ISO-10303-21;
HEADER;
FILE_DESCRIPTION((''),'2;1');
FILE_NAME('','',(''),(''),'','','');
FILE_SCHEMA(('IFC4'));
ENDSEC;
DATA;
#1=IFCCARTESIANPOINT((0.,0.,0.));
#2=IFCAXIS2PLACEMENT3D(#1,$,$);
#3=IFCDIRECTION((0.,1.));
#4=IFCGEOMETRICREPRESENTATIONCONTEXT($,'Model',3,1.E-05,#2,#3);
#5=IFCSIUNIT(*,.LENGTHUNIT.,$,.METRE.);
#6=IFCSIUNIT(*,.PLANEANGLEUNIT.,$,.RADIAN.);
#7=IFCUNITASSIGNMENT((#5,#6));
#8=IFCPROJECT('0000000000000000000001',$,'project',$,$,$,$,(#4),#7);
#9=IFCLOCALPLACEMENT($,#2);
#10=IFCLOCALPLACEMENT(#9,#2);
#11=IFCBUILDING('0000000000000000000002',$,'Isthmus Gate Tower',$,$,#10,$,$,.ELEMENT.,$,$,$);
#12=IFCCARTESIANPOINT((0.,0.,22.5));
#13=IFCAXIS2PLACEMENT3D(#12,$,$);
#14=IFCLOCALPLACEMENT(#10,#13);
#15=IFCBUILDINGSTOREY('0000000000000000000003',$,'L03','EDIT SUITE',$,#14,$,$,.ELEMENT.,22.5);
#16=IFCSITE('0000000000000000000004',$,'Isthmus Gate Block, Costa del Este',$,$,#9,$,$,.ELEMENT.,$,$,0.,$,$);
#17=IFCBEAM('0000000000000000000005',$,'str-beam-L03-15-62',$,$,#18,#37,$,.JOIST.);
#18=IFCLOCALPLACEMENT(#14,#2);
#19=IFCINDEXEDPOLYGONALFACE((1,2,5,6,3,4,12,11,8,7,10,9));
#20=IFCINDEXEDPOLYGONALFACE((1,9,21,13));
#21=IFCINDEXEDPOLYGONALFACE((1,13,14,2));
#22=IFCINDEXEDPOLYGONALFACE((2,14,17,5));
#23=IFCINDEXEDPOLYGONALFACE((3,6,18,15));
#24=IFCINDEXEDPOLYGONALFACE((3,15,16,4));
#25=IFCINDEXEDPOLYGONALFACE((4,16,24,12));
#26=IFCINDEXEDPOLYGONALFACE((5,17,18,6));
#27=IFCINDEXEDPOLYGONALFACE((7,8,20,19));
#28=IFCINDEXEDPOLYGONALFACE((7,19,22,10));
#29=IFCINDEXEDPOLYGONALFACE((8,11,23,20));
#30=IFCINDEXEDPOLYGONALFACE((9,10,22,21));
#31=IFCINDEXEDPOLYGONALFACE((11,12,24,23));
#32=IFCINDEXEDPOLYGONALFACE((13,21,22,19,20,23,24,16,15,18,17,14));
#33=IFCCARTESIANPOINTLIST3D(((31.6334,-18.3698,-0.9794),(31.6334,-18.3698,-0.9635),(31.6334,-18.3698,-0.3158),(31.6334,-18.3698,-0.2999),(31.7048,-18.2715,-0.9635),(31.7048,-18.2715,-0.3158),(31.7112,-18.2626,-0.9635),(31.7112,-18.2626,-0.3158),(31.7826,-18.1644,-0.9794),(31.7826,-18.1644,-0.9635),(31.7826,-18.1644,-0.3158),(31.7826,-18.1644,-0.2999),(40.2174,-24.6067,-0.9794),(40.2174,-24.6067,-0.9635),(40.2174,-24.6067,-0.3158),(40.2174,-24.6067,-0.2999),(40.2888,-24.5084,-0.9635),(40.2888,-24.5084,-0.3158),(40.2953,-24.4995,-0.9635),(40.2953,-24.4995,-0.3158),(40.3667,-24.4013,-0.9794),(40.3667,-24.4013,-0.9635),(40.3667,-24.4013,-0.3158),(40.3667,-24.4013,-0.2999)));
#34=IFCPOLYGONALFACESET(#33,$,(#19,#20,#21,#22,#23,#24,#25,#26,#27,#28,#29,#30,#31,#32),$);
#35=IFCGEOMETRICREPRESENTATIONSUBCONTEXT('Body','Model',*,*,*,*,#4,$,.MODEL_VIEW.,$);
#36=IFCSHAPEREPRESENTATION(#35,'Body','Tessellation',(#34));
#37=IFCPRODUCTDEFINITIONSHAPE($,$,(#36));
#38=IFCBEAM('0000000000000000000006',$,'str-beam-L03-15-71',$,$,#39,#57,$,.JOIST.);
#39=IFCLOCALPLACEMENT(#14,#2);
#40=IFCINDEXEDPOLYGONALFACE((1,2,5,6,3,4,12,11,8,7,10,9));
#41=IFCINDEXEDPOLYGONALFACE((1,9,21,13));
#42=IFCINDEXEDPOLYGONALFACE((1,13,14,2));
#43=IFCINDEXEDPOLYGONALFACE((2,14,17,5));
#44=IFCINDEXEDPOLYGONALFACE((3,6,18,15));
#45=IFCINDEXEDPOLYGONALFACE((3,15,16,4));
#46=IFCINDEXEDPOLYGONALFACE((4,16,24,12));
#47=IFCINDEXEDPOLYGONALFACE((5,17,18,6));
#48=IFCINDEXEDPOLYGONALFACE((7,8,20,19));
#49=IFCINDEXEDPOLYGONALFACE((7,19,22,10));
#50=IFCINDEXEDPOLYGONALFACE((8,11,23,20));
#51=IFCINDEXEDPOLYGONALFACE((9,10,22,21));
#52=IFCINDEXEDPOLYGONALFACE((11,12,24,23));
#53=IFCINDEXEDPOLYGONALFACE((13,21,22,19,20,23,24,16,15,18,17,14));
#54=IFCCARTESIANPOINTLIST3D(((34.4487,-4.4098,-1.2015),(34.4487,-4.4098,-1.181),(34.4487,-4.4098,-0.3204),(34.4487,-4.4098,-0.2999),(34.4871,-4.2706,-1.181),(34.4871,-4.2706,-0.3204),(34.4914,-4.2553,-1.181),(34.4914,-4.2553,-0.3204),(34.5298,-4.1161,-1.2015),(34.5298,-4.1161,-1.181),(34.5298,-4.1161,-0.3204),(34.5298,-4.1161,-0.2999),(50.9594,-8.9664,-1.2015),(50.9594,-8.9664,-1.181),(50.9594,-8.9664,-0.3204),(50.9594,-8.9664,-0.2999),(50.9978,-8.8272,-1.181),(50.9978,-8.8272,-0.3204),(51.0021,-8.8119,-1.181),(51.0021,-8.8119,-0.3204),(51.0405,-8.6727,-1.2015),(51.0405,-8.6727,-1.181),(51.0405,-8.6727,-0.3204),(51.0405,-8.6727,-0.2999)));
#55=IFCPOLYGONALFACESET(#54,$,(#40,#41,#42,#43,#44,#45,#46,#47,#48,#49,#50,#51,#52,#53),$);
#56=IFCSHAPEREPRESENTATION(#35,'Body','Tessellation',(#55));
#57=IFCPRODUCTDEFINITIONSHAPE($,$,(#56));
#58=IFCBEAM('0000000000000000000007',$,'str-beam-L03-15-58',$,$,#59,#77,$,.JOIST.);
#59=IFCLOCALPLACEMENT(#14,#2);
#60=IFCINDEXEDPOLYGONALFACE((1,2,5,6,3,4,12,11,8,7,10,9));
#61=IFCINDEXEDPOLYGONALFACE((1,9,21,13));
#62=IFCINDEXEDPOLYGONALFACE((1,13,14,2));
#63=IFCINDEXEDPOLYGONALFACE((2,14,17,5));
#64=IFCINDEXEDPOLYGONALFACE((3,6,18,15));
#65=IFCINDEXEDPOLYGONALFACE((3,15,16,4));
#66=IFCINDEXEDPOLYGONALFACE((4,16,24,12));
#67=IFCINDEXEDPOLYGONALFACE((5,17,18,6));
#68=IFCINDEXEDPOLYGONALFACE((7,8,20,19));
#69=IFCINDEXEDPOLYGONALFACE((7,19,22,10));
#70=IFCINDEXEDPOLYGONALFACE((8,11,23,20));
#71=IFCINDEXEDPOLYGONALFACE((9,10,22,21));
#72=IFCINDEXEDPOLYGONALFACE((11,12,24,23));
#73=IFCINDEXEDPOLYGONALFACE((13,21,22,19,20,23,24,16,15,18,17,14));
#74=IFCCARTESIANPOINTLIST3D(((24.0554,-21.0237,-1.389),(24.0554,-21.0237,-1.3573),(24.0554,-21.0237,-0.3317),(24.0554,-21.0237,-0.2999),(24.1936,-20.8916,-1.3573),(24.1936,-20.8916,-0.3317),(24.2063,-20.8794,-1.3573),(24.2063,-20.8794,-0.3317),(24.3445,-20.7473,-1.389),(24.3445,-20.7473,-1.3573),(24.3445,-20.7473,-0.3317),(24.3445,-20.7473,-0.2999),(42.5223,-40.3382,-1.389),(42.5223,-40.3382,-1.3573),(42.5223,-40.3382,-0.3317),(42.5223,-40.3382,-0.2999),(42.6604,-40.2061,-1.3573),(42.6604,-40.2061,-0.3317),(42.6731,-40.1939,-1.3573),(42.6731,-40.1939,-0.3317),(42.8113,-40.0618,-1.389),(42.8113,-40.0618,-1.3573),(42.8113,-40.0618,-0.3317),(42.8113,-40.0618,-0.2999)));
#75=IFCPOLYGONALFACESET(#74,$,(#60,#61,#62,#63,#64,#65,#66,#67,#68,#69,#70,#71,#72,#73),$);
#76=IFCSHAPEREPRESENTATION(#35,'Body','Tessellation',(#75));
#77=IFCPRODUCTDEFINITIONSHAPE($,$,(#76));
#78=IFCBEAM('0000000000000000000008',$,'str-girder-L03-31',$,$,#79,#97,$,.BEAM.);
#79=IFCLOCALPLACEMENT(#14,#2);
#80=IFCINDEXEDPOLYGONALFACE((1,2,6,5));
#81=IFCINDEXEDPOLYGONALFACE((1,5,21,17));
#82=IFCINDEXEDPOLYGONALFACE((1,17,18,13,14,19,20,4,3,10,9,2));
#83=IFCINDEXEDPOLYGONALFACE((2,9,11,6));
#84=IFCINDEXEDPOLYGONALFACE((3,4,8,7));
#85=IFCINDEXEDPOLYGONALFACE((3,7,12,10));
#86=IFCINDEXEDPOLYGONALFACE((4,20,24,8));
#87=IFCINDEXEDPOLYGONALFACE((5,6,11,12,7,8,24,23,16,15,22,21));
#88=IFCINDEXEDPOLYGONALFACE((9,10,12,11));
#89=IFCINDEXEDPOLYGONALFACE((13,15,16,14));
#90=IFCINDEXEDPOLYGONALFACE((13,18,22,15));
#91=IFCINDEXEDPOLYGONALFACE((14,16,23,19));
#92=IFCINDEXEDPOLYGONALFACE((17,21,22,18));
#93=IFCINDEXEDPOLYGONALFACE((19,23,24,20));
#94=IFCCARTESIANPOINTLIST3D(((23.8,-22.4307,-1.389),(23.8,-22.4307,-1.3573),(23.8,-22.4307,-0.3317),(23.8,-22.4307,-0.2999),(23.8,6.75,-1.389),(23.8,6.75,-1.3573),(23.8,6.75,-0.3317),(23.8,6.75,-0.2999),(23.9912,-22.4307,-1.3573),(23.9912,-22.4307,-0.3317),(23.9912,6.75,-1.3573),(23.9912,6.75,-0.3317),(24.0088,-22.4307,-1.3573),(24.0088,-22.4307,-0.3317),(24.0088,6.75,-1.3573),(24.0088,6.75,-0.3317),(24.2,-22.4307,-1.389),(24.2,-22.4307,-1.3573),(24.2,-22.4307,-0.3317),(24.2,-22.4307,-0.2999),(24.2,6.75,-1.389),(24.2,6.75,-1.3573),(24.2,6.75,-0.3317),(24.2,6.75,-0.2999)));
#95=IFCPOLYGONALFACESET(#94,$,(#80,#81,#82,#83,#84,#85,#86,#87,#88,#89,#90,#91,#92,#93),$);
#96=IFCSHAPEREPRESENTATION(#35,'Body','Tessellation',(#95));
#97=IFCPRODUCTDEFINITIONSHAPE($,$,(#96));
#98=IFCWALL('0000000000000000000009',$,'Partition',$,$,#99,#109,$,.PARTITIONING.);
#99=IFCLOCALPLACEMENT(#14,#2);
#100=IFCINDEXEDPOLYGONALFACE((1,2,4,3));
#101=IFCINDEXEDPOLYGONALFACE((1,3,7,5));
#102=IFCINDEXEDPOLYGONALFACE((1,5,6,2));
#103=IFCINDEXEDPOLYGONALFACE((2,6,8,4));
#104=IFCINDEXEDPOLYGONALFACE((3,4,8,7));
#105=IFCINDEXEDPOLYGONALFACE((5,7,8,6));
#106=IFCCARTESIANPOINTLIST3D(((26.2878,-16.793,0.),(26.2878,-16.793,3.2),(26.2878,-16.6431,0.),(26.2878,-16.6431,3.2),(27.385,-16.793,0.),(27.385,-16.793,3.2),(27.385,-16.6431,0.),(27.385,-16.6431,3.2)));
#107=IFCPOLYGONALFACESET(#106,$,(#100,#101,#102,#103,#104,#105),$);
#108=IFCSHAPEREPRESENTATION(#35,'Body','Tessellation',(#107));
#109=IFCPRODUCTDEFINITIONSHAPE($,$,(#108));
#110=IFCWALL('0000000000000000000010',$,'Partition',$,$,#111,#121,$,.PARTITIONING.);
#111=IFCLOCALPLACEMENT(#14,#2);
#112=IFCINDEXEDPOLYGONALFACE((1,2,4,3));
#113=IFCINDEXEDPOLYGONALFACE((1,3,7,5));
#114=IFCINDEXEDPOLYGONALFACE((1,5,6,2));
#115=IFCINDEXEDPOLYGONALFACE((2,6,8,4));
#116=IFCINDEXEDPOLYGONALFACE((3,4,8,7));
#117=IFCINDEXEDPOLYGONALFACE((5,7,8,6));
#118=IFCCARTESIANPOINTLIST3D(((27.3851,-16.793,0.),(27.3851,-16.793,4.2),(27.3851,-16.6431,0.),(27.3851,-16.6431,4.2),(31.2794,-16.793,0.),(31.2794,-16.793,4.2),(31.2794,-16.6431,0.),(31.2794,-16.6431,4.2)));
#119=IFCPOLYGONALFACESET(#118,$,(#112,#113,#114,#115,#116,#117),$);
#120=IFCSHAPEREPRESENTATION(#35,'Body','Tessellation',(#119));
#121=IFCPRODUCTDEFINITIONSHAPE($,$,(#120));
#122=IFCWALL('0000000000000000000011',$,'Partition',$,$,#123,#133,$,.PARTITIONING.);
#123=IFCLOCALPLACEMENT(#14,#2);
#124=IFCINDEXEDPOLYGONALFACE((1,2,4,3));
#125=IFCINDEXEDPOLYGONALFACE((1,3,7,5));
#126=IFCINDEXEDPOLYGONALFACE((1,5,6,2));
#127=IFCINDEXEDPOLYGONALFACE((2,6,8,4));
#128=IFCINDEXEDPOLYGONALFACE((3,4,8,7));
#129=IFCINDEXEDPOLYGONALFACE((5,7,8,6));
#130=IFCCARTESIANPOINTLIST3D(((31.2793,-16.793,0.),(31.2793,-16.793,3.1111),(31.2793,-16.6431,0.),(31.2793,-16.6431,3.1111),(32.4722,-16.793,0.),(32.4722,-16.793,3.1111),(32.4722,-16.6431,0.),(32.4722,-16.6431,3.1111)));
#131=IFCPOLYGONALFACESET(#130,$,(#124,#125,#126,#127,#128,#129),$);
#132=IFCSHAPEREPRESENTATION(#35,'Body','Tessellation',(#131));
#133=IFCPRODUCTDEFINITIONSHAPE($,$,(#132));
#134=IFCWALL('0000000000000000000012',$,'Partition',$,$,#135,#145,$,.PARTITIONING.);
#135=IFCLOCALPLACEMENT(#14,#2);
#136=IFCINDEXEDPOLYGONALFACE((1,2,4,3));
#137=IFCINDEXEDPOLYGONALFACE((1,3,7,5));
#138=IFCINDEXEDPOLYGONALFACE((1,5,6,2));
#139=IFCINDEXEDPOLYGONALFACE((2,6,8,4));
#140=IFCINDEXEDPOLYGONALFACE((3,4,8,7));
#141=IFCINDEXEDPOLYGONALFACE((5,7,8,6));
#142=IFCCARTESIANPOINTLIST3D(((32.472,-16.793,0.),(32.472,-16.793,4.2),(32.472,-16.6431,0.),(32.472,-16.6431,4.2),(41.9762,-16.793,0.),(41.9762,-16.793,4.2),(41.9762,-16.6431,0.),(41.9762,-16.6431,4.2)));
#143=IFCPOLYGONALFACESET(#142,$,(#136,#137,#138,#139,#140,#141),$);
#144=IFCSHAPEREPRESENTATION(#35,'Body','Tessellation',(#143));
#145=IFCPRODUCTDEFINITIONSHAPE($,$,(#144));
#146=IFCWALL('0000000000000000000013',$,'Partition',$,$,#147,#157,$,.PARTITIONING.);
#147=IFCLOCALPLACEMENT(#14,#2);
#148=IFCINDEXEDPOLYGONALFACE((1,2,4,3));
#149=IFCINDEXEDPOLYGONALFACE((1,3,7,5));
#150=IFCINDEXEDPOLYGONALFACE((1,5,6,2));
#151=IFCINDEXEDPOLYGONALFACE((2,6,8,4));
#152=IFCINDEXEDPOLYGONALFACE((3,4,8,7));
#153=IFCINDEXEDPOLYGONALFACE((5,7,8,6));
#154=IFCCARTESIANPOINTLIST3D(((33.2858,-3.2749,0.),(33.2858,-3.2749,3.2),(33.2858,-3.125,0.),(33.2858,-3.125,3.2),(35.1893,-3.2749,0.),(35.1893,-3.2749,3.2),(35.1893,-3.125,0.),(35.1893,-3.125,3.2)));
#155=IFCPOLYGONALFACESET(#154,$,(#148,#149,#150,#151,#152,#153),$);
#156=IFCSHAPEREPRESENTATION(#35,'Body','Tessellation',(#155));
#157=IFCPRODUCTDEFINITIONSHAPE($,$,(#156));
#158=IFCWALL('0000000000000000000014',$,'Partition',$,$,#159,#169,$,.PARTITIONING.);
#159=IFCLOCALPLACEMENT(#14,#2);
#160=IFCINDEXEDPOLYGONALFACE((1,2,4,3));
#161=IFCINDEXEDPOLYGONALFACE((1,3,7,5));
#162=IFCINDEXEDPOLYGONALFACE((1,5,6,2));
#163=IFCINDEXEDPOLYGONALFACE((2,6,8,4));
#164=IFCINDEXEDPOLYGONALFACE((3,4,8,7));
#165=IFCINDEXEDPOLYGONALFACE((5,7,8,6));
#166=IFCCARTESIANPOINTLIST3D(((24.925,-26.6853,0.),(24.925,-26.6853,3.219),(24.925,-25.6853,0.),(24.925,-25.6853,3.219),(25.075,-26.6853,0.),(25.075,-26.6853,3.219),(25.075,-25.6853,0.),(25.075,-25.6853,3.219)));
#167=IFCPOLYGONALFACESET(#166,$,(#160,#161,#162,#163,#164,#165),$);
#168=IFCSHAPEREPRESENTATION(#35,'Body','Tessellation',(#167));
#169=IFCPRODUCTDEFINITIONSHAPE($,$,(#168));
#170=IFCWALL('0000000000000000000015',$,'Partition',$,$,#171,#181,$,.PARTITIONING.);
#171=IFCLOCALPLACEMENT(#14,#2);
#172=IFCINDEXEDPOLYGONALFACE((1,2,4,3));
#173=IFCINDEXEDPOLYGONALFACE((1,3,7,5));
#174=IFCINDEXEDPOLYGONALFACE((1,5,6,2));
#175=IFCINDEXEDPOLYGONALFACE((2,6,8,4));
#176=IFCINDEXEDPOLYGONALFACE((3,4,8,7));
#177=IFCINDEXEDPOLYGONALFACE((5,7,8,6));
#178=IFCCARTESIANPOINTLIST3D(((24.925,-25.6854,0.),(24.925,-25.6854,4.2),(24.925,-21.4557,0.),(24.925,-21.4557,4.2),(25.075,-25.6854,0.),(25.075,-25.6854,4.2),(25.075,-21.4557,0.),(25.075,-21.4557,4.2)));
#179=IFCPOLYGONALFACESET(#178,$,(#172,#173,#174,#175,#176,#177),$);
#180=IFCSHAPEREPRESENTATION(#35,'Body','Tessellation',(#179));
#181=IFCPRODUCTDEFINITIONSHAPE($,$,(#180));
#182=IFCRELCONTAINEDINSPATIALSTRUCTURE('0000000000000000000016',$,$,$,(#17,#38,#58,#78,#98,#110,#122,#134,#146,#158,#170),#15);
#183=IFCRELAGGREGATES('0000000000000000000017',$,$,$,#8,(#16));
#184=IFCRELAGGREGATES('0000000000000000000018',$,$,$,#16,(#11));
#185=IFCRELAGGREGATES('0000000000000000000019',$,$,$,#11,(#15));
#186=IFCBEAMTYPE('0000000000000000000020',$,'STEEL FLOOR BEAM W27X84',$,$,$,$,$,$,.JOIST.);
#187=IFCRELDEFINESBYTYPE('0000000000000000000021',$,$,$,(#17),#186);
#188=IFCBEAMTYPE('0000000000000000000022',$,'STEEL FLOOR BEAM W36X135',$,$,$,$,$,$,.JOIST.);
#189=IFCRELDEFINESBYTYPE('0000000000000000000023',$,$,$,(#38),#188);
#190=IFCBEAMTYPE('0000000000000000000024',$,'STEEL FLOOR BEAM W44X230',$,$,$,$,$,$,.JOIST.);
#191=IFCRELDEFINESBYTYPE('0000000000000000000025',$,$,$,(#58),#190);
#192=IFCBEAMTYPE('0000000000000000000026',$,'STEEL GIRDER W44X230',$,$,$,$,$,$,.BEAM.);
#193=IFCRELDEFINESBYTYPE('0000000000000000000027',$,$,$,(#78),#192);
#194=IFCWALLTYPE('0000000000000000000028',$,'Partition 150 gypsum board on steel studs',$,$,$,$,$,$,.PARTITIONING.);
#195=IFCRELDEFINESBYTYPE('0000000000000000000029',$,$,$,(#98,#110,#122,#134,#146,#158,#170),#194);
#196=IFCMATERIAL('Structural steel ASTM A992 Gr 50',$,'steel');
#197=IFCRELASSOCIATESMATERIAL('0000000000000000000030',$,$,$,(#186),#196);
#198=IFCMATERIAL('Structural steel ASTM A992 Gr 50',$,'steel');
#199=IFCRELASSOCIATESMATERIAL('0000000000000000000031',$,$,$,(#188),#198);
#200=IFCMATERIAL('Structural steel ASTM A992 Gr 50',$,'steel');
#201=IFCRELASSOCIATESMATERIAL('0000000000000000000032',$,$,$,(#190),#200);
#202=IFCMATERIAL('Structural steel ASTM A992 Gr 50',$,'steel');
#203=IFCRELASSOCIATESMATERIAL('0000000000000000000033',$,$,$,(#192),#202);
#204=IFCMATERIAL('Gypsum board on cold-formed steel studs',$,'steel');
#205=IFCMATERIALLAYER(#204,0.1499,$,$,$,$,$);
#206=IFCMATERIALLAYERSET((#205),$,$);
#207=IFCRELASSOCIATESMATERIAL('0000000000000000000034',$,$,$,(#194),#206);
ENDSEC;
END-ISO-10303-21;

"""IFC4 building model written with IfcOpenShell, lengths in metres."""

from ifc_helpers import new_model, si_unit, direction, frame, frame_2d, origin, origin_2d, place, context, subcontext, project, spatial, rectangle, i_section, extrude, material, layer, layer_set, material_profile, profile_set, type_object, element, save


model = new_model("IFC4")

# Units and contexts
model_context = context("Model", 3, precision=1e-05, world=origin(), true_north=direction((0.0, 1.0)))
body_context = subcontext(model_context, "Body", "Model", "MODEL_VIEW")
ifc_project = project(units=[si_unit("LENGTHUNIT", "METRE"), si_unit("PLANEANGLEUNIT", "RADIAN")], contexts=[model_context])

# Site, building, storey
site_placement = place(None, origin())
site = spatial("IfcSite", under=ifc_project, at=site_placement, Name="Isthmus Gate Block, Costa del Este", CompositionType="ELEMENT", RefElevation=0.0)
building_placement = place(site_placement, origin())
building = spatial("IfcBuilding", under=site, at=building_placement, Name="Isthmus Gate Tower", CompositionType="ELEMENT")
storey_placement = place(building_placement, frame((0.0, 0.0, 22.5)))
storey = spatial("IfcBuildingStorey", under=building, at=storey_placement, Name="L03", Description="EDIT SUITE", CompositionType="ELEMENT", Elevation=22.5)

# Beams
ifc_material_1 = material(Name="Structural steel ASTM A992 Gr 50", Category="steel")
ifc_material_profile_1 = material_profile(ifc_material_1, i_section(OverallWidth=0.2539, OverallDepth=0.6794, WebThickness=0.011, FlangeThickness=0.0159, at=origin_2d()), Name="W27X84")
ifc_profile_set_1 = profile_set([ifc_material_profile_1], Name="Structural steel ASTM A992 Gr 50")
beam_type_1 = type_object("IfcBeamType", Name="STEEL FLOOR BEAM W27X84", PredefinedType="JOIST", material=ifc_profile_set_1)
beam_1_placement = place(storey_placement, frame((31.708, -18.2671, -0.6396), z_axis=(0.809009, -0.587797, 0.0), x_axis=(0.587797, 0.809009, 0.0)))
element("IfcBeam", 1, at=beam_1_placement, inside=storey, type_object=beam_type_1, Name="str-beam-L03-15-62", PredefinedType="JOIST", context=body_context, shape_type="SweptSolid", body=[
    extrude(i_section(OverallWidth=0.2539, OverallDepth=0.6794, WebThickness=0.011, FlangeThickness=0.0159, at=origin_2d()), origin(), (0.0, 0.0, 1.0), 10.6106),
])
ifc_material_2 = material(Name="Structural steel ASTM A992 Gr 50", Category="steel")
ifc_material_profile_2 = material_profile(ifc_material_2, i_section(OverallWidth=0.3047, OverallDepth=0.9016, WebThickness=0.0159, FlangeThickness=0.0205, at=origin_2d()), Name="W36X135")
ifc_profile_set_2 = profile_set([ifc_material_profile_2], Name="Structural steel ASTM A992 Gr 50")
beam_type_2 = type_object("IfcBeamType", Name="STEEL FLOOR BEAM W36X135", PredefinedType="JOIST", material=ifc_profile_set_2)
beam_2_placement = place(storey_placement, frame((34.4893, -4.2629, -0.7507), z_axis=(0.963963, -0.266035, 0.0), x_axis=(0.266035, 0.963963, 0.0)))
element("IfcBeam", 2, at=beam_2_placement, inside=storey, type_object=beam_type_2, Name="str-beam-L03-15-71", PredefinedType="JOIST", context=body_context, shape_type="SweptSolid", body=[
    extrude(i_section(OverallWidth=0.3047, OverallDepth=0.9016, WebThickness=0.0159, FlangeThickness=0.0205, at=origin_2d()), origin(), (0.0, 0.0, 1.0), 17.1279),
])
ifc_material_3 = material(Name="Structural steel ASTM A992 Gr 50", Category="steel")
ifc_material_profile_3 = material_profile(ifc_material_3, i_section(OverallWidth=0.3999, OverallDepth=1.0891, WebThickness=0.0176, FlangeThickness=0.0317, at=origin_2d()), Name="W44X230")
ifc_profile_set_3 = profile_set([ifc_material_profile_3], Name="Structural steel ASTM A992 Gr 50")
beam_type_3 = type_object("IfcBeamType", Name="STEEL FLOOR BEAM W44X230", PredefinedType="JOIST", material=ifc_profile_set_3)
beam_3_placement = place(storey_placement, frame((24.2, -20.8855, -0.8445), z_axis=(0.691068, -0.722789, 0.0), x_axis=(0.722789, 0.691068, 0.0)))
element("IfcBeam", 3, at=beam_3_placement, inside=storey, type_object=beam_type_3, Name="str-beam-L03-15-58", PredefinedType="JOIST", context=body_context, shape_type="SweptSolid", body=[
    extrude(i_section(OverallWidth=0.3999, OverallDepth=1.0891, WebThickness=0.0176, FlangeThickness=0.0317, at=origin_2d()), origin(), (0.0, 0.0, 1.0), 26.7222),
])
ifc_material_4 = material(Name="Structural steel ASTM A992 Gr 50", Category="steel")
ifc_material_profile_4 = material_profile(ifc_material_4, i_section(OverallWidth=0.3999, OverallDepth=1.0891, WebThickness=0.0176, FlangeThickness=0.0317, at=origin_2d()), Name="W44X230")
ifc_profile_set_4 = profile_set([ifc_material_profile_4], Name="Structural steel ASTM A992 Gr 50")
beam_type_4 = type_object("IfcBeamType", Name="STEEL GIRDER W44X230", PredefinedType="BEAM", material=ifc_profile_set_4)
beam_4_placement = place(storey_placement, frame((24.0, -22.4307, -0.8445), z_axis=(0.0, 1.0, 0.0), x_axis=(-1.0, 0.0, 0.0)))
element("IfcBeam", 4, at=beam_4_placement, inside=storey, type_object=beam_type_4, Name="str-girder-L03-31", PredefinedType="BEAM", context=body_context, shape_type="SweptSolid", body=[
    extrude(i_section(OverallWidth=0.3999, OverallDepth=1.0891, WebThickness=0.0176, FlangeThickness=0.0317, at=origin_2d()), origin(), (0.0, 0.0, 1.0), 29.1807),
])

# Walls
ifc_material_5 = material(Name="Gypsum board on cold-formed steel studs", Category="steel")
ifc_layer = layer(ifc_material_5, 0.1499)
ifc_layer_set = layer_set([ifc_layer])
wall_type = type_object("IfcWallType", Name="Partition 150 gypsum board on steel studs", PredefinedType="PARTITIONING", material=ifc_layer_set)
wall_1_placement = place(storey_placement, frame((26.2878, -16.718, 0.0), z_axis=(0.0, 0.0, 1.0), x_axis=(1.0, 0.0, 0.0)))
element("IfcWall", 5, at=wall_1_placement, inside=storey, type_object=wall_type, Name="Partition", PredefinedType="PARTITIONING", context=body_context, shape_type="SweptSolid", body=[
    extrude(rectangle(XDim=1.0972, YDim=0.1499, at=frame_2d((0.5486, 0.0))), origin(), (0.0, 0.0, 1.0), 3.2),
])
wall_2_placement = place(storey_placement, frame((27.385, -16.718, 0.0), z_axis=(0.0, 0.0, 1.0), x_axis=(1.0, 0.0, 0.0)))
element("IfcWall", 6, at=wall_2_placement, inside=storey, type_object=wall_type, Name="Partition", PredefinedType="PARTITIONING", context=body_context, shape_type="SweptSolid", body=[
    extrude(rectangle(XDim=3.8943, YDim=0.1499, at=frame_2d((1.9473, 0.0))), origin(), (0.0, 0.0, 1.0), 4.2),
])
wall_3_placement = place(storey_placement, frame((31.2793, -16.718, 0.0), z_axis=(0.0, 0.0, 1.0), x_axis=(1.0, 0.0, 0.0)))
element("IfcWall", 7, at=wall_3_placement, inside=storey, type_object=wall_type, Name="Partition", PredefinedType="PARTITIONING", context=body_context, shape_type="SweptSolid", body=[
    extrude(rectangle(XDim=1.1929, YDim=0.1499, at=frame_2d((0.5964, 0.0))), origin(), (0.0, 0.0, 1.0), 3.1111),
])
wall_4_placement = place(storey_placement, frame((32.4722, -16.718, 0.0), z_axis=(0.0, 0.0, 1.0), x_axis=(1.0, 0.0, 0.0)))
element("IfcWall", 8, at=wall_4_placement, inside=storey, type_object=wall_type, Name="Partition", PredefinedType="PARTITIONING", context=body_context, shape_type="SweptSolid", body=[
    extrude(rectangle(XDim=9.5042, YDim=0.1499, at=frame_2d((4.752, 0.0))), origin(), (0.0, 0.0, 1.0), 4.2),
])
wall_5_placement = place(storey_placement, frame((33.2859, -3.2, 0.0), z_axis=(0.0, 0.0, 1.0), x_axis=(1.0, 0.0, 0.0)))
element("IfcWall", 9, at=wall_5_placement, inside=storey, type_object=wall_type, Name="Partition", PredefinedType="PARTITIONING", context=body_context, shape_type="SweptSolid", body=[
    extrude(rectangle(XDim=1.9036, YDim=0.1499, at=frame_2d((0.9517, 0.0))), origin(), (0.0, 0.0, 1.0), 3.2),
])
wall_6_placement = place(storey_placement, frame((25.0, -26.6853, 0.0), z_axis=(0.0, 0.0, 1.0), x_axis=(0.0, 1.0, 0.0)))
element("IfcWall", 10, at=wall_6_placement, inside=storey, type_object=wall_type, Name="Partition", PredefinedType="PARTITIONING", context=body_context, shape_type="SweptSolid", body=[
    extrude(rectangle(XDim=1.0, YDim=0.1499, at=frame_2d((0.5, 0.0))), origin(), (0.0, 0.0, 1.0), 3.219),
])
wall_7_placement = place(storey_placement, frame((25.0, -25.6853, 0.0), z_axis=(0.0, 0.0, 1.0), x_axis=(0.0, 1.0, 0.0)))
element("IfcWall", 11, at=wall_7_placement, inside=storey, type_object=wall_type, Name="Partition", PredefinedType="PARTITIONING", context=body_context, shape_type="SweptSolid", body=[
    extrude(rectangle(XDim=4.2297, YDim=0.1499, at=frame_2d((2.1147, 0.0))), origin(), (0.0, 0.0, 1.0), 4.2),
])

save(model, "model.ifc")
